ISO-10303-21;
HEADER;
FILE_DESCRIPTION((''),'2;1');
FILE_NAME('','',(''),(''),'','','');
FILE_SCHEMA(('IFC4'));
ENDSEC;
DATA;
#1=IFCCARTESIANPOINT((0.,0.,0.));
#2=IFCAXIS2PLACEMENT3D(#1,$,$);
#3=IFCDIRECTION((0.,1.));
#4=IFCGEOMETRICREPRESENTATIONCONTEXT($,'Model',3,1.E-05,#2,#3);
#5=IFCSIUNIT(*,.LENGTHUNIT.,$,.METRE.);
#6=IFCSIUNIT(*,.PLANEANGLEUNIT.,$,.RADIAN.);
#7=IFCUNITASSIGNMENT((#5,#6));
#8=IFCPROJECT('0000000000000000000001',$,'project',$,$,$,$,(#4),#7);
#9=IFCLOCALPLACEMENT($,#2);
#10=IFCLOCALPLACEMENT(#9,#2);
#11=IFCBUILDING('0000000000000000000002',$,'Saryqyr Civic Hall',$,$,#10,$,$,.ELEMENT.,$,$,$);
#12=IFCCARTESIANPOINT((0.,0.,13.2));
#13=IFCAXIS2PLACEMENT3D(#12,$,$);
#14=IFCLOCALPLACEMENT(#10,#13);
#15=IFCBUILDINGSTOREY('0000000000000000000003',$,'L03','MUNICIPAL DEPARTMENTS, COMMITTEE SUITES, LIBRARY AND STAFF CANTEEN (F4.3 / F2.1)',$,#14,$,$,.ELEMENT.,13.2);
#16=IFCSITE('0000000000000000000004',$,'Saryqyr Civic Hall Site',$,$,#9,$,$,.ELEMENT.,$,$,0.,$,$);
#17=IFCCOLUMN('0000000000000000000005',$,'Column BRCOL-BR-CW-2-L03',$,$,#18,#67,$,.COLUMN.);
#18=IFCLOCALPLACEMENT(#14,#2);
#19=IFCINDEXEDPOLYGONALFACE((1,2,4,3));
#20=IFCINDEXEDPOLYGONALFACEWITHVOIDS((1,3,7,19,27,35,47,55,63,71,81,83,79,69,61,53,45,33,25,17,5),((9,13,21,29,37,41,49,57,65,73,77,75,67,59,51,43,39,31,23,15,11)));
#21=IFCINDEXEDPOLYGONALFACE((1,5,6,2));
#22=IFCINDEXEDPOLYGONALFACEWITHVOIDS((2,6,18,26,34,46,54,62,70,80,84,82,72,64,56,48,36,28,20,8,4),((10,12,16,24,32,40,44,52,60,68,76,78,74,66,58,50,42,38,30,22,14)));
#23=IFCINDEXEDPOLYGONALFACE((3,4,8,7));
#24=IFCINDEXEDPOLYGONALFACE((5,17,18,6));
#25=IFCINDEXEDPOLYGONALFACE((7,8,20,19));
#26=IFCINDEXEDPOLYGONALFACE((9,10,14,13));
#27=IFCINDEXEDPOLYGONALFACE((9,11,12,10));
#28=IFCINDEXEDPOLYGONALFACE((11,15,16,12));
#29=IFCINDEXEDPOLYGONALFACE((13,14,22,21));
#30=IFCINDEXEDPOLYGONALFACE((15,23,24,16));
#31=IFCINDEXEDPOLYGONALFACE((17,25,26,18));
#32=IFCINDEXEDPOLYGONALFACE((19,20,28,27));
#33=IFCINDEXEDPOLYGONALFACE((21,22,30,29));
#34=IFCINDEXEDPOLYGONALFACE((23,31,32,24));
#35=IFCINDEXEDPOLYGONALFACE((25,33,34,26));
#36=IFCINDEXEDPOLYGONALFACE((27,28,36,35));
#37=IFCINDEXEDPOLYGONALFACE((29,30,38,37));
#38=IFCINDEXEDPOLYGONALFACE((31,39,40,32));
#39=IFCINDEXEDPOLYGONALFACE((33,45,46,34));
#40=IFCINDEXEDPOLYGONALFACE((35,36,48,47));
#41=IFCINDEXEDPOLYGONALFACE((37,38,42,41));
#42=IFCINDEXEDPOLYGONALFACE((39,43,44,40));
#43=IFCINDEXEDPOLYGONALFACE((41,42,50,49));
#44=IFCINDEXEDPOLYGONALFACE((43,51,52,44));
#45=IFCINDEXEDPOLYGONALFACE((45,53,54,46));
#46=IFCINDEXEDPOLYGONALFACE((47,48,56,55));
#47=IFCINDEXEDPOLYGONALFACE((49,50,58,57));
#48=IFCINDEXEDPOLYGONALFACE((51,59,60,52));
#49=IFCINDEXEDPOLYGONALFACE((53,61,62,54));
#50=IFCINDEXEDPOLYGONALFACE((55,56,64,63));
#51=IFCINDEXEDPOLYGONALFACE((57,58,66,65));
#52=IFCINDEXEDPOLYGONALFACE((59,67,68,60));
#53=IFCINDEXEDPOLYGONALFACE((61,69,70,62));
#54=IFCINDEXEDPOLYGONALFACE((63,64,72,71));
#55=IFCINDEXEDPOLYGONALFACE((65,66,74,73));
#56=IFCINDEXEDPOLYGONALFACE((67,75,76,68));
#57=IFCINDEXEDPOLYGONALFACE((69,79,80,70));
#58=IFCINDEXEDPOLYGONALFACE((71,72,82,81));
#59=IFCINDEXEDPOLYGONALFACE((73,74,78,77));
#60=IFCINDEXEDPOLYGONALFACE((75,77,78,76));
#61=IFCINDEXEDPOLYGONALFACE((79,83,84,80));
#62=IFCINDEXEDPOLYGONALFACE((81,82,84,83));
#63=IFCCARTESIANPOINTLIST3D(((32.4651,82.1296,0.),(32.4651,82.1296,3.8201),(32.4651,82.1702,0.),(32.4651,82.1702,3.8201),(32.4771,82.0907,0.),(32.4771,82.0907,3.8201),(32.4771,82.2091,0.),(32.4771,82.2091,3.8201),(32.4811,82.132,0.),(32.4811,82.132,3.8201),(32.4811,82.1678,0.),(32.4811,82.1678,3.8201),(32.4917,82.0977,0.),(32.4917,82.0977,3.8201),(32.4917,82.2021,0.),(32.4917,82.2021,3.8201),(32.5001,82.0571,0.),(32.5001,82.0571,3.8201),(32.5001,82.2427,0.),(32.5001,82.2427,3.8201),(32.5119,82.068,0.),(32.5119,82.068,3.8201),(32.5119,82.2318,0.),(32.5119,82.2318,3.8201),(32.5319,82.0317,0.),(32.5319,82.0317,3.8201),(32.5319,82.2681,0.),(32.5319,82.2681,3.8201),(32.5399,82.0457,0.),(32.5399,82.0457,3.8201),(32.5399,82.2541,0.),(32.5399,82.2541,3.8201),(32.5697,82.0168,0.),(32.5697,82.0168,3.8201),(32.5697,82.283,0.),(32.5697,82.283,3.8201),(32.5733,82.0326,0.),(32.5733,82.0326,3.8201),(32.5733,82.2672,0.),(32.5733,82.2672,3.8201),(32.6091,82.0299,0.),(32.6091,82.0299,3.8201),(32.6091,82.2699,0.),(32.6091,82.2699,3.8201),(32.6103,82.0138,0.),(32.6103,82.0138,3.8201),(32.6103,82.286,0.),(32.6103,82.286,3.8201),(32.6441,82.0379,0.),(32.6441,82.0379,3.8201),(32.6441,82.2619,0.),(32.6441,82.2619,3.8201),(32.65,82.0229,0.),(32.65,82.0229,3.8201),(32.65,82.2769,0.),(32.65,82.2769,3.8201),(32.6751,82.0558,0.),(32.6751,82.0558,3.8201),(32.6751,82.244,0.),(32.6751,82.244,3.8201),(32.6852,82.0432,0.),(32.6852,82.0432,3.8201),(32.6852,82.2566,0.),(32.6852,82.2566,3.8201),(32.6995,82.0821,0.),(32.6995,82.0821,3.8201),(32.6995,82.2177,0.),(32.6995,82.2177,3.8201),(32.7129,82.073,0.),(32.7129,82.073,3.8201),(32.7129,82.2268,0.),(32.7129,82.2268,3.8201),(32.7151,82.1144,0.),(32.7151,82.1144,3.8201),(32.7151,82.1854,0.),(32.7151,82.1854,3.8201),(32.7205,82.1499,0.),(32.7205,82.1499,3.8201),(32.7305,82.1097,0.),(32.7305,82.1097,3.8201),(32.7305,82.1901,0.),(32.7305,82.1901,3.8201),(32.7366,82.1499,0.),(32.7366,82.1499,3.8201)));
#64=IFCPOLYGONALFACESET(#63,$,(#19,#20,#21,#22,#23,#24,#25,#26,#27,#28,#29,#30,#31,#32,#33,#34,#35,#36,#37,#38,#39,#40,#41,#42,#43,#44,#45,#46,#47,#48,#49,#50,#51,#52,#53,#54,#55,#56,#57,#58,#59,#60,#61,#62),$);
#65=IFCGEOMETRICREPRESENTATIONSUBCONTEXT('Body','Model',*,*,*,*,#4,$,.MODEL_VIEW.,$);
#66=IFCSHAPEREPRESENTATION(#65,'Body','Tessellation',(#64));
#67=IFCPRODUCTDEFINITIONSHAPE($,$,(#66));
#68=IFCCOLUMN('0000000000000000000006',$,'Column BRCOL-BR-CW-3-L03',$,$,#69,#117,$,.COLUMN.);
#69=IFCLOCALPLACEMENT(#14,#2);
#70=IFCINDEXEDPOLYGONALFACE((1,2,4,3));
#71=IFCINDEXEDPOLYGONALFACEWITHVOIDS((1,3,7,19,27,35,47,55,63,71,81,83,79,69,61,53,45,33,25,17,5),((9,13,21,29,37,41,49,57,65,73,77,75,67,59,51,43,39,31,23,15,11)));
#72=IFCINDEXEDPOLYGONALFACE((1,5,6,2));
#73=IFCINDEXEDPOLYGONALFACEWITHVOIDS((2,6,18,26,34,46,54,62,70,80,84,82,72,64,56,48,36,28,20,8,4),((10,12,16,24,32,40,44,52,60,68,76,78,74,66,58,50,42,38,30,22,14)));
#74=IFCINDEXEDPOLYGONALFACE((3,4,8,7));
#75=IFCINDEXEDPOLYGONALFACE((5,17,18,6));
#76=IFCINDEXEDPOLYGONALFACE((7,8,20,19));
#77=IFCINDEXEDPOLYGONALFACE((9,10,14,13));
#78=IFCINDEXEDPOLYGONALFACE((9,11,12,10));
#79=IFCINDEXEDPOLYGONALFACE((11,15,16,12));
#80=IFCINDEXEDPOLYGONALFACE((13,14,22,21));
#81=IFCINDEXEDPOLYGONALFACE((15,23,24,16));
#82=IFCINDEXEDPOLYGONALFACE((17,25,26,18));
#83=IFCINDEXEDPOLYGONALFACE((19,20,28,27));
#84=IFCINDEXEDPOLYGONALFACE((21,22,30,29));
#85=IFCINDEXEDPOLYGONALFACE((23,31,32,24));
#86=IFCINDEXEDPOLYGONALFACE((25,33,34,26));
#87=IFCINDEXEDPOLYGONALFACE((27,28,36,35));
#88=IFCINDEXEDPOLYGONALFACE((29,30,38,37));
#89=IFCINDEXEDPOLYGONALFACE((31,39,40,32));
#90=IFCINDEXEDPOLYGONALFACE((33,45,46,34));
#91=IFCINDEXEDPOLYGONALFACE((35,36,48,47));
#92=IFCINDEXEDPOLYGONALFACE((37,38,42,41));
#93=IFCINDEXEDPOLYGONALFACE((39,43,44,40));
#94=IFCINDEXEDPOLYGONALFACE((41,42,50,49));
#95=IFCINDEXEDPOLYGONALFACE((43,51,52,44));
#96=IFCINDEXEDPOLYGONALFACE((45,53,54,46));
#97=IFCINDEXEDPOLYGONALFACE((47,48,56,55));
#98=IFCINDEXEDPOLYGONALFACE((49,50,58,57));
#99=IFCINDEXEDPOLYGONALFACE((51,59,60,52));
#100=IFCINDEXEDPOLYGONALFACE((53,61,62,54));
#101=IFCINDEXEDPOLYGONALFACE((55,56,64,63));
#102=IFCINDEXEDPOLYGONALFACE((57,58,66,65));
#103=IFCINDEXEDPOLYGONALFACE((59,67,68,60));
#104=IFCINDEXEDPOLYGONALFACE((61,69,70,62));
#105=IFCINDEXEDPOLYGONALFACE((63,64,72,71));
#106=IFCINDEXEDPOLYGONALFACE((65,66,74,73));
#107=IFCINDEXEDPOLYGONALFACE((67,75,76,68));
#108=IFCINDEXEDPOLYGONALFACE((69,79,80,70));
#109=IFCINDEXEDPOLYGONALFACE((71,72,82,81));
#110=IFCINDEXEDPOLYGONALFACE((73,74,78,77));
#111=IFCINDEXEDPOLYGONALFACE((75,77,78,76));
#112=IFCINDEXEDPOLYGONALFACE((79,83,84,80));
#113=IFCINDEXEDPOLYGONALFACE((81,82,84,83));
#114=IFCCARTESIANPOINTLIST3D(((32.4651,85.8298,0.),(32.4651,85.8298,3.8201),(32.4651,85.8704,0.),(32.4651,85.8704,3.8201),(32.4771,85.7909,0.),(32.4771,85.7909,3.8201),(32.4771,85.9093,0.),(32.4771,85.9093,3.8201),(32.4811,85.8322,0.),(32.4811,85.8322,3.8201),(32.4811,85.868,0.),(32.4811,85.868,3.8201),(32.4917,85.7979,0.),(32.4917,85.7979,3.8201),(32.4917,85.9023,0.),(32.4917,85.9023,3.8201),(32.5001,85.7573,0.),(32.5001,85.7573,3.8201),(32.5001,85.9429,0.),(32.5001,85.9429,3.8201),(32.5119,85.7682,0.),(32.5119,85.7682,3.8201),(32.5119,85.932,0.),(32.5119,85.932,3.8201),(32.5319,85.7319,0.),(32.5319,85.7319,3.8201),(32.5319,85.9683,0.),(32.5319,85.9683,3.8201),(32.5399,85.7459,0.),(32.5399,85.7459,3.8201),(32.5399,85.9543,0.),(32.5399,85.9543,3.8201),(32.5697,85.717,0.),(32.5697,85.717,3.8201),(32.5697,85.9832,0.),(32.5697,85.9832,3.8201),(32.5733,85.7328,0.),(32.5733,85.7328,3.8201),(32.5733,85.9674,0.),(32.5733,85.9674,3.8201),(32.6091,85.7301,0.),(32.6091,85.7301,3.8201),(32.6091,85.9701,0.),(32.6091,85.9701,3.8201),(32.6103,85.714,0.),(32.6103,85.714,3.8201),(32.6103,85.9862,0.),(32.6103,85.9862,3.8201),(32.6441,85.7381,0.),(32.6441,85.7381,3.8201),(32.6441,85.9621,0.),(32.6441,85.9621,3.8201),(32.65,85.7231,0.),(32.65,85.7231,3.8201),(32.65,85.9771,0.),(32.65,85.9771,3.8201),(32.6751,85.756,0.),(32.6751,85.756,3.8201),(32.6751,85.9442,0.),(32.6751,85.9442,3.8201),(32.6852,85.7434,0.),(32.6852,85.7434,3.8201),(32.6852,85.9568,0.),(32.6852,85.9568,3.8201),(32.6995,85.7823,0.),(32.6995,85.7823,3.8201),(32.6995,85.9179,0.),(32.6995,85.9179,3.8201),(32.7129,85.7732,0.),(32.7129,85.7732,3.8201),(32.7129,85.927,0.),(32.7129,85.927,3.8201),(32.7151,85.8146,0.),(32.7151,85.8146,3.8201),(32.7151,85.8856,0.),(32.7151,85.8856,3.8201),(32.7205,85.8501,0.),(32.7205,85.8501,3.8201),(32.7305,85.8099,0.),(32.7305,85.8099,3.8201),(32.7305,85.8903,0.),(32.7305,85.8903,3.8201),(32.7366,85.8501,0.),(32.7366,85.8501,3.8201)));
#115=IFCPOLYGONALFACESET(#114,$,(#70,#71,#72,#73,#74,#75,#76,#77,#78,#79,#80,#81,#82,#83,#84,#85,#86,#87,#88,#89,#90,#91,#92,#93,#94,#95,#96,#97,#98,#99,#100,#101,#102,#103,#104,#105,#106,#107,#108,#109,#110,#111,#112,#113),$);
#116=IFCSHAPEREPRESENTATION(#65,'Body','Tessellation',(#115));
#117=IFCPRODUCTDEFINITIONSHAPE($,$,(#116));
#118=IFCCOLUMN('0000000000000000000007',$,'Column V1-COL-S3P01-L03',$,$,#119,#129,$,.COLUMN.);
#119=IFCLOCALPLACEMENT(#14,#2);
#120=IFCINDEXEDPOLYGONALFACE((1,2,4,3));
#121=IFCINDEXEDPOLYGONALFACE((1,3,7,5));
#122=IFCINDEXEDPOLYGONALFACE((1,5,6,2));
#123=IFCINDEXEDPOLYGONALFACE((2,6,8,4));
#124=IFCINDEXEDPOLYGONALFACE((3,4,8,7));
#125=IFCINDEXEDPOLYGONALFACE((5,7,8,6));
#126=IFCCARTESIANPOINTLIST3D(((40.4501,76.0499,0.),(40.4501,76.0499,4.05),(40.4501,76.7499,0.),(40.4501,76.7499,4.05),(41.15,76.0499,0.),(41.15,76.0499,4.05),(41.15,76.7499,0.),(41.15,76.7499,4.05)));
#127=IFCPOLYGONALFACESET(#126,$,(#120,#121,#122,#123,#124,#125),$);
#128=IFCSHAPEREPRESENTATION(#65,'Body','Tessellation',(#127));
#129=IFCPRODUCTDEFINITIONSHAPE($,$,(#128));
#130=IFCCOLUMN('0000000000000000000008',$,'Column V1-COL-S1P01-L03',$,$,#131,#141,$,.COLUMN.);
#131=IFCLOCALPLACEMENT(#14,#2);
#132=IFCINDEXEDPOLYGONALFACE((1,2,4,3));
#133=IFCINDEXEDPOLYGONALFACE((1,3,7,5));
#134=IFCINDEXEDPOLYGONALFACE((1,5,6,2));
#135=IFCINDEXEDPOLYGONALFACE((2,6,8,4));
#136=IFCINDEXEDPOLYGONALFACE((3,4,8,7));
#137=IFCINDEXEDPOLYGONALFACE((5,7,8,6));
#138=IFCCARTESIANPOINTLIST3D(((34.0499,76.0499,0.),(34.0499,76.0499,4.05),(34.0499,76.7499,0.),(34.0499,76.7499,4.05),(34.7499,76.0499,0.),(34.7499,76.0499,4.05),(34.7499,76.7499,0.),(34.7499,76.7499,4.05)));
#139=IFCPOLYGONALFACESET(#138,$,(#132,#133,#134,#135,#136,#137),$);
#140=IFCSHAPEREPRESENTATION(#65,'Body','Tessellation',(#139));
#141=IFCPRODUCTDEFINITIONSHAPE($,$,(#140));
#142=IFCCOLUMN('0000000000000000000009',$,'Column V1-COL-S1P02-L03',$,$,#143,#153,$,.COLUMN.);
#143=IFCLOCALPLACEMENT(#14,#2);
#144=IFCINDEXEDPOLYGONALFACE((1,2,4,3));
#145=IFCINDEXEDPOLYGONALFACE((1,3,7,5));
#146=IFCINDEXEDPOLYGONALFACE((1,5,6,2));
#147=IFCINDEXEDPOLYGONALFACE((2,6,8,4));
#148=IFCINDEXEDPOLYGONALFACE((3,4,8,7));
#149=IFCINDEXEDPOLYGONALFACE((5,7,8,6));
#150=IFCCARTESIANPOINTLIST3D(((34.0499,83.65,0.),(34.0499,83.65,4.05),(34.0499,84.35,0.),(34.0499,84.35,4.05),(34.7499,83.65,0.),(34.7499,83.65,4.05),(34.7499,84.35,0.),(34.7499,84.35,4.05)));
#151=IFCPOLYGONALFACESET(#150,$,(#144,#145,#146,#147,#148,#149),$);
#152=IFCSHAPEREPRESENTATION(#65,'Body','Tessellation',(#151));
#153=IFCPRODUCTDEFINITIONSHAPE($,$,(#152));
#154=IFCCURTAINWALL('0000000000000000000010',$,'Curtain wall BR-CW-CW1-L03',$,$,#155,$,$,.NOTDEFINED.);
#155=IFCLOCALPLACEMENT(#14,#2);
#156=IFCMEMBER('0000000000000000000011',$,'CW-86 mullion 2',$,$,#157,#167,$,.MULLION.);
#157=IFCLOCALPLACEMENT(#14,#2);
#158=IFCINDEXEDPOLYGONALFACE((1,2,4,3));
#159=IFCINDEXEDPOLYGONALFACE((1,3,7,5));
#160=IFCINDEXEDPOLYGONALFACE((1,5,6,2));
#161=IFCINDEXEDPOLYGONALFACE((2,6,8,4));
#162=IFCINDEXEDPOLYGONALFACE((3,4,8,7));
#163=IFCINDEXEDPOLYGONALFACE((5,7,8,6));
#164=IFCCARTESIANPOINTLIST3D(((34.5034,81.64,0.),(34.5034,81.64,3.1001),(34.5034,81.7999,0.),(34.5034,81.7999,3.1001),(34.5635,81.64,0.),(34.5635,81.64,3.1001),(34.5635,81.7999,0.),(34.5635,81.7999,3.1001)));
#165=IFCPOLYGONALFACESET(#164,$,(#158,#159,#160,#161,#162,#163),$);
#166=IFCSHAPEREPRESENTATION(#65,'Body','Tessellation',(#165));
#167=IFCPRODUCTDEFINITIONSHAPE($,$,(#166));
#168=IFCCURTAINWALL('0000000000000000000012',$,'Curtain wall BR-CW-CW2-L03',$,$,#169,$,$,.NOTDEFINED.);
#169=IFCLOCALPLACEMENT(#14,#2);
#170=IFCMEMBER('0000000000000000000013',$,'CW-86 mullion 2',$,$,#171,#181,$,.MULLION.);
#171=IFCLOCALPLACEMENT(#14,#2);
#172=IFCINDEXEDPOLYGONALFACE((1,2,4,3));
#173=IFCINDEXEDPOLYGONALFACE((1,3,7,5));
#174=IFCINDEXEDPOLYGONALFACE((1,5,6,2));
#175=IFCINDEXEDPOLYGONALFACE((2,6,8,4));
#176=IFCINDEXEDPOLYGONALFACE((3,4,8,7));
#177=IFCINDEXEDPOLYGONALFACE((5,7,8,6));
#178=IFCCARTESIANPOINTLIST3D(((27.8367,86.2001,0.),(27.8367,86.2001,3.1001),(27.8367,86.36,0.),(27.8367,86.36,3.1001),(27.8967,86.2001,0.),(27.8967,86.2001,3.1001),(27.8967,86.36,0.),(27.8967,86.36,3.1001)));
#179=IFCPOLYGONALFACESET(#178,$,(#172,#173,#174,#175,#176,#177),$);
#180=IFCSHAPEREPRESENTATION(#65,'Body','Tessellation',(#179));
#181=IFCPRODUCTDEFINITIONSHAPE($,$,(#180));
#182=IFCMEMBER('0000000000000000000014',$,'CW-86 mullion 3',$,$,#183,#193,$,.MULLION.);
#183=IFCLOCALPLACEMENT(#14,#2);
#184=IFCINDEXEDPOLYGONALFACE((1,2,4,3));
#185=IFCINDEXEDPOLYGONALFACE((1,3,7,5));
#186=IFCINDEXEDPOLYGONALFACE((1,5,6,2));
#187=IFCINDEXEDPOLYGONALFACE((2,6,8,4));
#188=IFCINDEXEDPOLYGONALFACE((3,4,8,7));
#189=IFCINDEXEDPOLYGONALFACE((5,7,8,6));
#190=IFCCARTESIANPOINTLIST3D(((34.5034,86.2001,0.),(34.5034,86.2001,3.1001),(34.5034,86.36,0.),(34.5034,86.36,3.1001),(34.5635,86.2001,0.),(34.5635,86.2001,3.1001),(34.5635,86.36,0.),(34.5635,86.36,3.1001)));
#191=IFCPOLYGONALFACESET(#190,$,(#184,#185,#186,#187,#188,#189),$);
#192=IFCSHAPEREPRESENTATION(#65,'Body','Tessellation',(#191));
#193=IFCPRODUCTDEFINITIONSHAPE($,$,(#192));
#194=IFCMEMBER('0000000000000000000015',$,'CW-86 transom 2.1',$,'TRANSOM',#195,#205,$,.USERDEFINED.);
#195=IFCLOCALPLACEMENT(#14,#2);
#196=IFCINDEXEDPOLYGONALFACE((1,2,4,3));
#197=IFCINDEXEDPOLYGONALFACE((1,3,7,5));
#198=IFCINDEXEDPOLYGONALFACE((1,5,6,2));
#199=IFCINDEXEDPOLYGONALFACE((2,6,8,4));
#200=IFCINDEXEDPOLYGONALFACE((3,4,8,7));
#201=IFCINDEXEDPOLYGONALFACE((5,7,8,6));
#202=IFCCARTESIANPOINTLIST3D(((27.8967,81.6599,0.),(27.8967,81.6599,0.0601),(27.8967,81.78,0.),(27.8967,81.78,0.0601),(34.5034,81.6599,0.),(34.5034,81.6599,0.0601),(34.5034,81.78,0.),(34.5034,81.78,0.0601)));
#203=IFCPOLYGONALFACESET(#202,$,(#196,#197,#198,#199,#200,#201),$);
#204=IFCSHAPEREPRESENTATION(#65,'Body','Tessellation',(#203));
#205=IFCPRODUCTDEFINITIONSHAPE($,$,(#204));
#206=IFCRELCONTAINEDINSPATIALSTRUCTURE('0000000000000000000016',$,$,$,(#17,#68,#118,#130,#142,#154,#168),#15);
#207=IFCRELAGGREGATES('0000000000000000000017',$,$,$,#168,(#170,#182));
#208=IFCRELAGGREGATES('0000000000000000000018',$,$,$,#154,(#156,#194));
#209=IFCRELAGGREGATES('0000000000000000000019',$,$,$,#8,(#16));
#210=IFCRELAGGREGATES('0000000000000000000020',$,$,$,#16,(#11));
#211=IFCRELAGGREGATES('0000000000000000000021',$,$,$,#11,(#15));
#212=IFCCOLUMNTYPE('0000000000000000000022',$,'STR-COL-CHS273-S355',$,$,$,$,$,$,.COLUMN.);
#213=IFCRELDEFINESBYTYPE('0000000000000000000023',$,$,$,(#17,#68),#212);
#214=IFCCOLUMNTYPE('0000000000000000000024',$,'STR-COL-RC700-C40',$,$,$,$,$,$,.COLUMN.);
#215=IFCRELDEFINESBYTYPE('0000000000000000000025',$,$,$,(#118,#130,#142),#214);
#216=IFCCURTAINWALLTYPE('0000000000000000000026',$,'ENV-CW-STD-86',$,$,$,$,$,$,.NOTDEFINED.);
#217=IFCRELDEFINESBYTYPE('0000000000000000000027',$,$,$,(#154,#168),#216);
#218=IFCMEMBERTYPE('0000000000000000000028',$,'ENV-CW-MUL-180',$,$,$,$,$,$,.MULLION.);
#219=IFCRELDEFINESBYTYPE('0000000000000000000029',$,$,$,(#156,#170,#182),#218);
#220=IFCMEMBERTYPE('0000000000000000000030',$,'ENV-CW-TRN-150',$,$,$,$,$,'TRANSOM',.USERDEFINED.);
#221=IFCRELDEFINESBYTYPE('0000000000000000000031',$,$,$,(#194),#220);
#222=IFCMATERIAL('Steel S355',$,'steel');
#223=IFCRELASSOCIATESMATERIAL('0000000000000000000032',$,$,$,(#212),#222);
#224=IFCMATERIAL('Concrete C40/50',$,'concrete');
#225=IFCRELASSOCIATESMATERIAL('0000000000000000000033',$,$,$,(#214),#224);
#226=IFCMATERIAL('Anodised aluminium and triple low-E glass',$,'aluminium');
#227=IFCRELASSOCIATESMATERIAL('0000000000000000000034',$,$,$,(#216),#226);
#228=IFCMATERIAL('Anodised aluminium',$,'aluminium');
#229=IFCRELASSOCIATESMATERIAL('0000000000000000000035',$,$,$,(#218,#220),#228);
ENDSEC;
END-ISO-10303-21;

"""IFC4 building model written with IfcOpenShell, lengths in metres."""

from ifc_helpers import new_model, si_unit, direction, frame, origin, origin_2d, place, context, subcontext, project, spatial, rectangle, hollow_circle, extrude, material, material_profile, profile_set, type_object, element, aggregate, save


model = new_model("IFC4")

# Units and contexts
model_context = context("Model", 3, precision=1e-05, world=origin(), true_north=direction((0.0, 1.0)))
body_context = subcontext(model_context, "Body", "Model", "MODEL_VIEW")
ifc_project = project(units=[si_unit("LENGTHUNIT", "METRE"), si_unit("PLANEANGLEUNIT", "RADIAN")], contexts=[model_context])

# Site, building, storey
site_placement = place(None, origin())
site = spatial("IfcSite", under=ifc_project, at=site_placement, Name="Saryqyr Civic Hall Site", CompositionType="ELEMENT", RefElevation=0.0)
building_placement = place(site_placement, origin())
building = spatial("IfcBuilding", under=site, at=building_placement, Name="Saryqyr Civic Hall", CompositionType="ELEMENT")
storey_placement = place(building_placement, frame((0.0, 0.0, 13.2)))
storey = spatial("IfcBuildingStorey", under=building, at=storey_placement, Name="L03", Description="MUNICIPAL DEPARTMENTS, COMMITTEE SUITES, LIBRARY AND STAFF CANTEEN (F4.3 / F2.1)", CompositionType="ELEMENT", Elevation=13.2)

# Columns
ifc_material_1 = material(Name="Steel S355", Category="steel")
ifc_material_profile_1 = material_profile(ifc_material_1, hollow_circle(Radius=0.1365, WallThickness=0.0161, at=origin_2d()), Name="CHS 273x16")
ifc_profile_set_1 = profile_set([ifc_material_profile_1], Name="Steel S355")
column_type_1 = type_object("IfcColumnType", Name="STR-COL-CHS273-S355", PredefinedType="COLUMN", material=ifc_profile_set_1)
for number, where, z_axis, x_axis, name in (
    (1, (32.6001, 82.1499, 0.0), (0.0, 0.0, 1.0), (1.0, 0.0, 0.0), "Column BRCOL-BR-CW-2-L03"),
    (2, (32.6001, 85.8501, 0.0), (0.0, 0.0, 1.0), (1.0, 0.0, 0.0), "Column BRCOL-BR-CW-3-L03"),
):
    element("IfcColumn", number, at=place(storey_placement, frame(where, z_axis=z_axis, x_axis=x_axis)), inside=storey, type_object=column_type_1, Name=name, PredefinedType="COLUMN", context=body_context, shape_type="SweptSolid", body=[
        extrude(hollow_circle(Radius=0.1365, WallThickness=0.0161, at=origin_2d()), origin(), (0.0, 0.0, 1.0), 3.8201),
    ])
ifc_material_2 = material(Name="Concrete C40/50", Category="concrete")
ifc_material_profile_2 = material_profile(ifc_material_2, rectangle(XDim=0.7, YDim=0.7, at=origin_2d()), Name="RC 700x700")
ifc_profile_set_2 = profile_set([ifc_material_profile_2], Name="Concrete C40/50")
column_type_2 = type_object("IfcColumnType", Name="STR-COL-RC700-C40", PredefinedType="COLUMN", material=ifc_profile_set_2)
for number, where, z_axis, x_axis, name in (
    (3, (40.8, 76.3999, 0.0), (0.0, 0.0, 1.0), (1.0, 0.0, 0.0), "Column V1-COL-S3P01-L03"),
    (4, (34.3999, 76.3999, 0.0), (0.0, 0.0, 1.0), (1.0, 0.0, 0.0), "Column V1-COL-S1P01-L03"),
    (5, (34.3999, 84.0, 0.0), (0.0, 0.0, 1.0), (1.0, 0.0, 0.0), "Column V1-COL-S1P02-L03"),
):
    element("IfcColumn", number, at=place(storey_placement, frame(where, z_axis=z_axis, x_axis=x_axis)), inside=storey, type_object=column_type_2, Name=name, PredefinedType="COLUMN", context=body_context, shape_type="SweptSolid", body=[
        extrude(rectangle(XDim=0.7, YDim=0.7, at=origin_2d()), origin(), (0.0, 0.0, 1.0), 4.05),
    ])

# Curtain wall, member
ifc_material_3 = material(Name="Anodised aluminium and triple low-E glass", Category="aluminium")
curtain_wall_type = type_object("IfcCurtainWallType", Name="ENV-CW-STD-86", PredefinedType="NOTDEFINED", material=ifc_material_3)
curtain_wall_1_placement = place(storey_placement, origin())
curtain_wall_1 = element("IfcCurtainWall", 6, at=curtain_wall_1_placement, inside=storey, type_object=curtain_wall_type, Name="Curtain wall BR-CW-CW1-L03", PredefinedType="NOTDEFINED")
ifc_material_4 = material(Name="Anodised aluminium", Category="aluminium")
ifc_material_profile_3 = material_profile(ifc_material_4, rectangle(XDim=0.0601, YDim=0.1599, at=origin_2d()), Name="ALU MULLION 60x160")
ifc_profile_set_3 = profile_set([ifc_material_profile_3], Name="Anodised aluminium")
member_type_1 = type_object("IfcMemberType", Name="ENV-CW-MUL-180", PredefinedType="MULLION", material=ifc_profile_set_3)
member_1_placement = place(storey_placement, frame((34.5334, 81.72, 0.0), z_axis=(0.0, 0.0, 1.0), x_axis=(-1.0, 0.0, 0.0)))
member_1 = element("IfcMember", 7, at=member_1_placement, type_object=member_type_1, Name="CW-86 mullion 2", PredefinedType="MULLION", context=body_context, shape_type="SweptSolid", body=[
    extrude(rectangle(XDim=0.0601, YDim=0.1599, at=origin_2d()), origin(), (0.0, 0.0, 1.0), 3.1001),
])

# Curtain wall, members
curtain_wall_2_placement = place(storey_placement, origin())
curtain_wall_2 = element("IfcCurtainWall", 8, at=curtain_wall_2_placement, inside=storey, type_object=curtain_wall_type, Name="Curtain wall BR-CW-CW2-L03", PredefinedType="NOTDEFINED")
member_2_placement = place(storey_placement, frame((27.8667, 86.28, 0.0), z_axis=(0.0, 0.0, 1.0), x_axis=(1.0, 0.0, 0.0)))
member_2 = element("IfcMember", 9, at=member_2_placement, type_object=member_type_1, Name="CW-86 mullion 2", PredefinedType="MULLION", context=body_context, shape_type="SweptSolid", body=[
    extrude(rectangle(XDim=0.0601, YDim=0.1599, at=origin_2d()), origin(), (0.0, 0.0, 1.0), 3.1001),
])
member_3_placement = place(storey_placement, frame((34.5334, 86.28, 0.0), z_axis=(0.0, 0.0, 1.0), x_axis=(1.0, 0.0, 0.0)))
member_3 = element("IfcMember", 10, at=member_3_placement, type_object=member_type_1, Name="CW-86 mullion 3", PredefinedType="MULLION", context=body_context, shape_type="SweptSolid", body=[
    extrude(rectangle(XDim=0.0601, YDim=0.1599, at=origin_2d()), origin(), (0.0, 0.0, 1.0), 3.1001),
])
aggregate(curtain_wall_2, [member_2, member_3])

# Member
ifc_material_profile_4 = material_profile(ifc_material_4, rectangle(XDim=0.1201, YDim=0.0601, at=origin_2d()), Name="ALU TRANSOM 120x60")
ifc_profile_set_4 = profile_set([ifc_material_profile_4], Name="Anodised aluminium")
member_type_2 = type_object("IfcMemberType", Name="ENV-CW-TRN-150", ElementType="TRANSOM", PredefinedType="USERDEFINED", material=ifc_profile_set_4)
member_4_placement = place(storey_placement, frame((34.5034, 81.72, 0.03), z_axis=(-1.0, 0.0, 0.0), x_axis=(0.0, -1.0, 0.0)))
member_4 = element("IfcMember", 11, at=member_4_placement, type_object=member_type_2, Name="CW-86 transom 2.1", ObjectType="TRANSOM", PredefinedType="USERDEFINED", context=body_context, shape_type="SweptSolid", body=[
    extrude(rectangle(XDim=0.1201, YDim=0.0601, at=origin_2d()), origin(), (0.0, 0.0, 1.0), 6.6067),
])

aggregate(curtain_wall_1, [member_1, member_4])

save(model, "model.ifc")
